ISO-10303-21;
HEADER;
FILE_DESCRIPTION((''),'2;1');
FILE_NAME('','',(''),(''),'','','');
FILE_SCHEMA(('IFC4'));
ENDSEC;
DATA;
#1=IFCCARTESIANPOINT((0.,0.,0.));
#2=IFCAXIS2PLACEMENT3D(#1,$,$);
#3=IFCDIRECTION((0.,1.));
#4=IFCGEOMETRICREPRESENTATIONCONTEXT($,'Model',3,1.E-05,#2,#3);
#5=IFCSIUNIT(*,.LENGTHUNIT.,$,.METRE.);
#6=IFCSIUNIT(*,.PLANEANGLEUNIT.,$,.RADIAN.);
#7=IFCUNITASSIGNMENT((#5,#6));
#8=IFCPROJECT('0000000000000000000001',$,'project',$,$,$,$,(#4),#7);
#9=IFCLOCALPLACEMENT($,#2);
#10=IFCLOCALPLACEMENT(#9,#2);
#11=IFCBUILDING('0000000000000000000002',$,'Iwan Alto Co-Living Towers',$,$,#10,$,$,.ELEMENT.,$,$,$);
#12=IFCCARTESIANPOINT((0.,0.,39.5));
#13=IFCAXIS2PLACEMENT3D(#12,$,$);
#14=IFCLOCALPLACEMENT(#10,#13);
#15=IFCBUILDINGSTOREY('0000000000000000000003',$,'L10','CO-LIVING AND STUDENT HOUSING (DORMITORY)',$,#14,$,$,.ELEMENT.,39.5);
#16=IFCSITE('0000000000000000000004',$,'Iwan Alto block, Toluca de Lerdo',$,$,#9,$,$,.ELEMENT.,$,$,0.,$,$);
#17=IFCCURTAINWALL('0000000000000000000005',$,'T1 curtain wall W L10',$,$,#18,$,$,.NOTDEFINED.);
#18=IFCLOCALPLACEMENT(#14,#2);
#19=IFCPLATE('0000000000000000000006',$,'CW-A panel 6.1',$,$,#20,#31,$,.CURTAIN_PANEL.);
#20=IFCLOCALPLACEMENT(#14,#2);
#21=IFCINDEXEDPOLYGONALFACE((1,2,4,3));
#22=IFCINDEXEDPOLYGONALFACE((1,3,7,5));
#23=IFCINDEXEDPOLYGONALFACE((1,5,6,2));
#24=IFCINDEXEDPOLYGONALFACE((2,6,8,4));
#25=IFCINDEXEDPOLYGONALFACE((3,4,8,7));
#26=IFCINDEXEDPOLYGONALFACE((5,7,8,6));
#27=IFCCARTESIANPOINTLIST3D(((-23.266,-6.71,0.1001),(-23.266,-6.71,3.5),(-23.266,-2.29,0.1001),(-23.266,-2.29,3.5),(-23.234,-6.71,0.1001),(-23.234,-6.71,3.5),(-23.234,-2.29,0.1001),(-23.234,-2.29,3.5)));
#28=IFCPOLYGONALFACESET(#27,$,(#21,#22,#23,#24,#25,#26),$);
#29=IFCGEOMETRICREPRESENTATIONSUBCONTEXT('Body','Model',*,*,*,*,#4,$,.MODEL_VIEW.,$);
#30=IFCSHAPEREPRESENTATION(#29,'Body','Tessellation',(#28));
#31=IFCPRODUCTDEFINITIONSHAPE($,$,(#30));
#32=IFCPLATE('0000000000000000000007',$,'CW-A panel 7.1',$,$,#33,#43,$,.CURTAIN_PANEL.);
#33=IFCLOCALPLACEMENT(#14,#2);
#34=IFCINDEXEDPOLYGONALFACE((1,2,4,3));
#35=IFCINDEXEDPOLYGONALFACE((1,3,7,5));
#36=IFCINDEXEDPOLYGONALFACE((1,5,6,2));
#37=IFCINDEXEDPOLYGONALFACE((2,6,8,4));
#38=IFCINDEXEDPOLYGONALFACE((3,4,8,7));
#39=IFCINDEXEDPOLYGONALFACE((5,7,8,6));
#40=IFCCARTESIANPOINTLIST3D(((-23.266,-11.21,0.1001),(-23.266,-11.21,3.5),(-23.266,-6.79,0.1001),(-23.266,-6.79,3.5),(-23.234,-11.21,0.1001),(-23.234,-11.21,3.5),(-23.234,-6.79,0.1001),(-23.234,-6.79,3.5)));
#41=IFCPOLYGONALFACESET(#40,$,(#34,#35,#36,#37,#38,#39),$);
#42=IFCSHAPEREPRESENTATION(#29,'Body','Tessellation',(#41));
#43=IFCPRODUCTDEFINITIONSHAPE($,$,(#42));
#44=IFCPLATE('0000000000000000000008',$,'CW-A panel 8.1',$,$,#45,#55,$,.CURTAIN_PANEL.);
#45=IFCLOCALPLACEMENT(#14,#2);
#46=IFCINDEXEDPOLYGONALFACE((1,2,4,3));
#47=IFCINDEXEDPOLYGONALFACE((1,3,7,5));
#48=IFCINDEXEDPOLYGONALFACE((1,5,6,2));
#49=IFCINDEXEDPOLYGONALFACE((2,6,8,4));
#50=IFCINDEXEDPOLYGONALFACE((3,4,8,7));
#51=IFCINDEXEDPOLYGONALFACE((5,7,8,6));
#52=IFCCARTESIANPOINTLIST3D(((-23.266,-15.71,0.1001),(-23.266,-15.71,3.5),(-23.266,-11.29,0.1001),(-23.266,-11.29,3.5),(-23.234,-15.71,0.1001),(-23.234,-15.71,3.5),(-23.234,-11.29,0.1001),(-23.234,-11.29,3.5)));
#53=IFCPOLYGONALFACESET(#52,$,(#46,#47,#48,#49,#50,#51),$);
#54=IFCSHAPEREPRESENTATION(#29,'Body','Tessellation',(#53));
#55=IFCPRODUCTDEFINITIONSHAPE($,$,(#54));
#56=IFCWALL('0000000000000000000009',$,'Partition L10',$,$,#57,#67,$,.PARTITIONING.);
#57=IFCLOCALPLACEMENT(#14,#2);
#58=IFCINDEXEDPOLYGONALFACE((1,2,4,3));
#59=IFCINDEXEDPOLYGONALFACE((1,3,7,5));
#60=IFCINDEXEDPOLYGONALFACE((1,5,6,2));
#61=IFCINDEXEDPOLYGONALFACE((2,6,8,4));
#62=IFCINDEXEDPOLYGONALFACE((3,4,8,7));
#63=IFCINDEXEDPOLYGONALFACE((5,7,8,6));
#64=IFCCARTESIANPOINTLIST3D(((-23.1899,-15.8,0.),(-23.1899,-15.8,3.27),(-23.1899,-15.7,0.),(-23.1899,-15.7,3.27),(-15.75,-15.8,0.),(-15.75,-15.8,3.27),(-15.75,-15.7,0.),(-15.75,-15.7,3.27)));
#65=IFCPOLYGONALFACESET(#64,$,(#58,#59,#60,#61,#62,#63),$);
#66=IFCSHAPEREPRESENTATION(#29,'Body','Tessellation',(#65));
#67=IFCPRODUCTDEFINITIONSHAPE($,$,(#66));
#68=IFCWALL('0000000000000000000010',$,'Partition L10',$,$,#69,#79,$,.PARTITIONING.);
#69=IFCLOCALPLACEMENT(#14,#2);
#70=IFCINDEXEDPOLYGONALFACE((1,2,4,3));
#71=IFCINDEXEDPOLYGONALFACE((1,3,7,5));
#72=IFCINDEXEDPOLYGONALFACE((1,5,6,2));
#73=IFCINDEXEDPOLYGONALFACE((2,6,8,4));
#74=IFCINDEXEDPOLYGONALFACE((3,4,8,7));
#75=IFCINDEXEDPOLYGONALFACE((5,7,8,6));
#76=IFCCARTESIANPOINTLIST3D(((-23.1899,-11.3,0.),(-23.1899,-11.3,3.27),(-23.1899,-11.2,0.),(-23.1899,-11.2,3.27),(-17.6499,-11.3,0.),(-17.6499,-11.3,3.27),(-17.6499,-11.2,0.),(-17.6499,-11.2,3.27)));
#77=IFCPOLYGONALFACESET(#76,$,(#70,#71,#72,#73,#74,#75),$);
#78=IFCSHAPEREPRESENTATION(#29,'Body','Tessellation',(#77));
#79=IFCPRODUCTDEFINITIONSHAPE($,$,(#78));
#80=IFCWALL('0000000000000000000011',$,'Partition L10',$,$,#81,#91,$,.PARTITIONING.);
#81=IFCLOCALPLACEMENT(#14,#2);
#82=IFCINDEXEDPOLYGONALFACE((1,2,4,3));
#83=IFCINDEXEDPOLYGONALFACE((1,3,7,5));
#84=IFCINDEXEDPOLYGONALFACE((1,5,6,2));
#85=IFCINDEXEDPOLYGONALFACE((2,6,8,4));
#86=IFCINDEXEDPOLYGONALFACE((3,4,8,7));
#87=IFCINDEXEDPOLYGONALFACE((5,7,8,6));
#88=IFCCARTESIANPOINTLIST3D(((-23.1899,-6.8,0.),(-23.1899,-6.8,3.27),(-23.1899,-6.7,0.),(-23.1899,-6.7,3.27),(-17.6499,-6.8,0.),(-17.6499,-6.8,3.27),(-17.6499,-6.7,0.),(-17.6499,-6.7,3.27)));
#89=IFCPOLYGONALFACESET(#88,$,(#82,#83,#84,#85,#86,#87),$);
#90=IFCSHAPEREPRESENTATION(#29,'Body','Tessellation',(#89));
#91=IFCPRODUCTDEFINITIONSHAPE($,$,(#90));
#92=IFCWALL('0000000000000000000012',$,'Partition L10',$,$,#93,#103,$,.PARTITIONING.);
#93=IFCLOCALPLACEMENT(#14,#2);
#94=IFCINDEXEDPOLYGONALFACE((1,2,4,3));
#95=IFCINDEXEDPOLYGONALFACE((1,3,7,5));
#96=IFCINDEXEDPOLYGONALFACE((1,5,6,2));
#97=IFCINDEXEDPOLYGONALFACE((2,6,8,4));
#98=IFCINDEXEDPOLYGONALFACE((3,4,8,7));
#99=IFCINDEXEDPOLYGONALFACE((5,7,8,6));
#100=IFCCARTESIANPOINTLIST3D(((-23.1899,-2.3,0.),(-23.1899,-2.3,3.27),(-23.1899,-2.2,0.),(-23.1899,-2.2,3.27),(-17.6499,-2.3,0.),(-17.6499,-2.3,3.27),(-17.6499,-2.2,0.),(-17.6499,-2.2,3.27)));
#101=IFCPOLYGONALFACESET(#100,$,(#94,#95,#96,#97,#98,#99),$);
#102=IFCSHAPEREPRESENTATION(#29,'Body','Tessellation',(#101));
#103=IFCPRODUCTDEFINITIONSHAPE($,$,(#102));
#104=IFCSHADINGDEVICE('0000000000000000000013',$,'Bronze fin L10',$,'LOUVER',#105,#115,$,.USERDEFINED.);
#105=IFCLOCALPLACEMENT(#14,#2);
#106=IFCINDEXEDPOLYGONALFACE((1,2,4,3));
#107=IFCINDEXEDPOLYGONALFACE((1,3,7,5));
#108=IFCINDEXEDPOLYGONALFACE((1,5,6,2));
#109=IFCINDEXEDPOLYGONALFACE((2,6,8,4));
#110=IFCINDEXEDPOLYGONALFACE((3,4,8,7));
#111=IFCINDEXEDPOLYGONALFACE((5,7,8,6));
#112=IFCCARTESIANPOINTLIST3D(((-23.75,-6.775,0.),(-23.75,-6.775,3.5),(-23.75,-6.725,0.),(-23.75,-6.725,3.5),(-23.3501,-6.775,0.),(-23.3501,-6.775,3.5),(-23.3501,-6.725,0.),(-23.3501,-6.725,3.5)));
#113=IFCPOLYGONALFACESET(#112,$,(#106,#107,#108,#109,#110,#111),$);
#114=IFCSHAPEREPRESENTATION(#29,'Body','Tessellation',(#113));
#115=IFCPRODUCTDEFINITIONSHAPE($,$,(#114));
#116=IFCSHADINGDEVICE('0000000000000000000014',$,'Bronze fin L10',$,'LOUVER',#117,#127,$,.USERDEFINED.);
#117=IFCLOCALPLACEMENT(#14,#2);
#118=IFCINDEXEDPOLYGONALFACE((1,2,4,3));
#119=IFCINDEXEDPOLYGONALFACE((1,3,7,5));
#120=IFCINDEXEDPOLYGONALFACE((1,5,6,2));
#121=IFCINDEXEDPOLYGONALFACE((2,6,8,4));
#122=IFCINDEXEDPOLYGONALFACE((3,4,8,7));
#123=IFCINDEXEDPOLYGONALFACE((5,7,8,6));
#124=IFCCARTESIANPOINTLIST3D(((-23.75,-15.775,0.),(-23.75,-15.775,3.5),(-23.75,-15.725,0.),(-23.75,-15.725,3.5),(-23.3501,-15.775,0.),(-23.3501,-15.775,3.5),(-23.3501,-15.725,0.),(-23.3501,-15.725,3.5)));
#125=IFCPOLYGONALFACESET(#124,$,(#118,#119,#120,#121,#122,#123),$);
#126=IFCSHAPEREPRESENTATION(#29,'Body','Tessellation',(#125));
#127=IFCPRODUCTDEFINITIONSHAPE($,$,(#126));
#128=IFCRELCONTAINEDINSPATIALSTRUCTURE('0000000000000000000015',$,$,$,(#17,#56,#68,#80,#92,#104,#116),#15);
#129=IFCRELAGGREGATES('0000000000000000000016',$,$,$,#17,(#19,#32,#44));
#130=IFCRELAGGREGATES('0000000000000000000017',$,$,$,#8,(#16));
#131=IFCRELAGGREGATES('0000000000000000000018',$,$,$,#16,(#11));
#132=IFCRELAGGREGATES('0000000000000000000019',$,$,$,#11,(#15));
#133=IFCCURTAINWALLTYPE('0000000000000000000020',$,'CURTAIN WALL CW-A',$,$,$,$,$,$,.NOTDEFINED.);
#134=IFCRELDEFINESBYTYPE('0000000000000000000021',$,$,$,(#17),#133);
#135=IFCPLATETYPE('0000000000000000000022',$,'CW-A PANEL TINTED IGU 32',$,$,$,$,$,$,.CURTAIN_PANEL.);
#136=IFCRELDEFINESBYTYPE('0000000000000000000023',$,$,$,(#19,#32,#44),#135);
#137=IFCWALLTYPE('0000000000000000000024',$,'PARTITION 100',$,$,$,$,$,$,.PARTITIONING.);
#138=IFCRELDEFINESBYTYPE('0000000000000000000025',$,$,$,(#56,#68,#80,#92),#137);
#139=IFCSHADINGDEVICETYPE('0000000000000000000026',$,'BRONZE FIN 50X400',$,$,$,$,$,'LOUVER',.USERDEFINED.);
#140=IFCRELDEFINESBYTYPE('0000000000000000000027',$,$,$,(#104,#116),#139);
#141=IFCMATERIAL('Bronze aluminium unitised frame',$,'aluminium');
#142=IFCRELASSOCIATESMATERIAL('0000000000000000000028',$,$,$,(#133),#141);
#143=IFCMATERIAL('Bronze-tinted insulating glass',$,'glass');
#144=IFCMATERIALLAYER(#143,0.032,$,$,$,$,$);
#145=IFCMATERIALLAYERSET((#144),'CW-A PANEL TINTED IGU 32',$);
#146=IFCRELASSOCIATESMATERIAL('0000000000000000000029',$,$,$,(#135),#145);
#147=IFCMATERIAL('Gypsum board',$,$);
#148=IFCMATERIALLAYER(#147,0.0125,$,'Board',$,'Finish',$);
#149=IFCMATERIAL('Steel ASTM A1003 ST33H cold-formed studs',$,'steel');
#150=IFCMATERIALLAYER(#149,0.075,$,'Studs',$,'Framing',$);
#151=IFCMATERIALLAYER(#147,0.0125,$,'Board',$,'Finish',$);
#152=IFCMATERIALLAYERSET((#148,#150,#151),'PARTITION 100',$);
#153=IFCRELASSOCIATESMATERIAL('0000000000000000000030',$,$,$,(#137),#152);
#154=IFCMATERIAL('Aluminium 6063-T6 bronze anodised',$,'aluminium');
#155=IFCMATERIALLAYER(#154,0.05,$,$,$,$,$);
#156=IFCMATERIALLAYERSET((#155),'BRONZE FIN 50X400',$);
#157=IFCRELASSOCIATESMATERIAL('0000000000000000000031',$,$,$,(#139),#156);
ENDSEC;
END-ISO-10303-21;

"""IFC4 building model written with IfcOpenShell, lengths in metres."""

from ifc_helpers import new_model, si_unit, direction, frame, frame_2d, origin, origin_2d, place, context, subcontext, project, spatial, rectangle, extrude, material, layer, layer_set, type_object, element, aggregate, save


model = new_model("IFC4")

# Units and contexts
model_context = context("Model", 3, precision=1e-05, world=origin(), true_north=direction((0.0, 1.0)))
body_context = subcontext(model_context, "Body", "Model", "MODEL_VIEW")
ifc_project = project(units=[si_unit("LENGTHUNIT", "METRE"), si_unit("PLANEANGLEUNIT", "RADIAN")], contexts=[model_context])

# Site, building, storey
site_placement = place(None, origin())
site = spatial("IfcSite", under=ifc_project, at=site_placement, Name="Iwan Alto block, Toluca de Lerdo", CompositionType="ELEMENT", RefElevation=0.0)
building_placement = place(site_placement, origin())
building = spatial("IfcBuilding", under=site, at=building_placement, Name="Iwan Alto Co-Living Towers", CompositionType="ELEMENT")
storey_placement = place(building_placement, frame((0.0, 0.0, 39.5)))
storey = spatial("IfcBuildingStorey", under=building, at=storey_placement, Name="L10", Description="CO-LIVING AND STUDENT HOUSING (DORMITORY)", CompositionType="ELEMENT", Elevation=39.5)

# Curtain wall
ifc_material_1 = material(Name="Bronze aluminium unitised frame", Category="aluminium")
curtain_wall_type = type_object("IfcCurtainWallType", Name="CURTAIN WALL CW-A", PredefinedType="NOTDEFINED", material=ifc_material_1)
curtain_wall_placement = place(storey_placement, origin())
curtain_wall = element("IfcCurtainWall", 1, at=curtain_wall_placement, inside=storey, type_object=curtain_wall_type, Name="T1 curtain wall W L10", PredefinedType="NOTDEFINED")

# Plates
ifc_material_2 = material(Name="Bronze-tinted insulating glass", Category="glass")
ifc_layer_1 = layer(ifc_material_2, 0.032)
ifc_layer_set_1 = layer_set([ifc_layer_1], Name="CW-A PANEL TINTED IGU 32")
plate_type = type_object("IfcPlateType", Name="CW-A PANEL TINTED IGU 32", PredefinedType="CURTAIN_PANEL", material=ifc_layer_set_1)
plate_1_placement = place(storey_placement, frame((-23.25, -4.5, 0.1001), z_axis=(0.0, 0.0, 1.0), x_axis=(0.0, -1.0, 0.0)))
plate_1 = element("IfcPlate", 2, at=plate_1_placement, type_object=plate_type, Name="CW-A panel 6.1", PredefinedType="CURTAIN_PANEL", context=body_context, shape_type="SweptSolid", body=[
    extrude(rectangle(XDim=4.4199, YDim=0.032, at=origin_2d()), origin(), (0.0, 0.0, 1.0), 3.3999),
])
plate_2_placement = place(storey_placement, frame((-23.25, -9.0, 0.1001), z_axis=(0.0, 0.0, 1.0), x_axis=(0.0, -1.0, 0.0)))
plate_2 = element("IfcPlate", 3, at=plate_2_placement, type_object=plate_type, Name="CW-A panel 7.1", PredefinedType="CURTAIN_PANEL", context=body_context, shape_type="SweptSolid", body=[
    extrude(rectangle(XDim=4.4199, YDim=0.032, at=origin_2d()), origin(), (0.0, 0.0, 1.0), 3.3999),
])
plate_3_placement = place(storey_placement, frame((-23.25, -13.5, 0.1001), z_axis=(0.0, 0.0, 1.0), x_axis=(0.0, -1.0, 0.0)))
plate_3 = element("IfcPlate", 4, at=plate_3_placement, type_object=plate_type, Name="CW-A panel 8.1", PredefinedType="CURTAIN_PANEL", context=body_context, shape_type="SweptSolid", body=[
    extrude(rectangle(XDim=4.4199, YDim=0.032, at=origin_2d()), origin(), (0.0, 0.0, 1.0), 3.3999),
])
aggregate(curtain_wall, [plate_1, plate_2, plate_3])

# Walls
ifc_material_3 = material(Name="Gypsum board")
ifc_layer_2 = layer(ifc_material_3, 0.0125, Name="Board", Category="Finish")
ifc_material_4 = material(Name="Steel ASTM A1003 ST33H cold-formed studs", Category="steel")
ifc_layer_3 = layer(ifc_material_4, 0.075, Name="Studs", Category="Framing")
ifc_layer_4 = layer(ifc_material_3, 0.0125, Name="Board", Category="Finish")
ifc_layer_set_2 = layer_set([ifc_layer_2, ifc_layer_3, ifc_layer_4], Name="PARTITION 100")
wall_type = type_object("IfcWallType", Name="PARTITION 100", PredefinedType="PARTITIONING", material=ifc_layer_set_2)
wall_placement = place(storey_placement, frame((-23.1899, -15.75, 0.0), z_axis=(0.0, 0.0, 1.0), x_axis=(1.0, 0.0, 0.0)))
element("IfcWall", 5, at=wall_placement, inside=storey, type_object=wall_type, Name="Partition L10", PredefinedType="PARTITIONING", context=body_context, shape_type="SweptSolid", body=[
    extrude(rectangle(XDim=7.4399, YDim=0.1001, at=frame_2d((3.72, 0.0))), origin(), (0.0, 0.0, 1.0), 3.27),
])
for number, where, z_axis, x_axis, name in (
    (6, (-23.1899, -11.25, 0.0), (0.0, 0.0, 1.0), (1.0, 0.0, 0.0), "Partition L10"),
    (7, (-23.1899, -6.75, 0.0), (0.0, 0.0, 1.0), (1.0, 0.0, 0.0), "Partition L10"),
    (8, (-23.1899, -2.25, 0.0), (0.0, 0.0, 1.0), (1.0, 0.0, 0.0), "Partition L10"),
):
    element("IfcWall", number, at=place(storey_placement, frame(where, z_axis=z_axis, x_axis=x_axis)), inside=storey, type_object=wall_type, Name=name, PredefinedType="PARTITIONING", context=body_context, shape_type="SweptSolid", body=[
        extrude(rectangle(XDim=5.54, YDim=0.1001, at=frame_2d((2.77, 0.0))), origin(), (0.0, 0.0, 1.0), 3.27),
    ])

# Shading devices
ifc_material_5 = material(Name="Aluminium 6063-T6 bronze anodised", Category="aluminium")
ifc_layer_5 = layer(ifc_material_5, 0.05)
ifc_layer_set_3 = layer_set([ifc_layer_5], Name="BRONZE FIN 50X400")
shading_device_type = type_object("IfcShadingDeviceType", Name="BRONZE FIN 50X400", ElementType="LOUVER", PredefinedType="USERDEFINED", material=ifc_layer_set_3)
for number, where, z_axis, x_axis, name in (
    (9, (-23.55, -6.75, 0.0), (0.0, 0.0, 1.0), (0.0, -1.0, 0.0), "Bronze fin L10"),
    (10, (-23.55, -15.75, 0.0), (0.0, 0.0, 1.0), (0.0, -1.0, 0.0), "Bronze fin L10"),
):
    element("IfcShadingDevice", number, at=place(storey_placement, frame(where, z_axis=z_axis, x_axis=x_axis)), inside=storey, type_object=shading_device_type, Name=name, ObjectType="LOUVER", PredefinedType="USERDEFINED", context=body_context, shape_type="SweptSolid", body=[
        extrude(rectangle(XDim=0.05, YDim=0.3999, at=origin_2d()), origin(), (0.0, 0.0, 1.0), 3.5),
    ])

save(model, "model.ifc")
